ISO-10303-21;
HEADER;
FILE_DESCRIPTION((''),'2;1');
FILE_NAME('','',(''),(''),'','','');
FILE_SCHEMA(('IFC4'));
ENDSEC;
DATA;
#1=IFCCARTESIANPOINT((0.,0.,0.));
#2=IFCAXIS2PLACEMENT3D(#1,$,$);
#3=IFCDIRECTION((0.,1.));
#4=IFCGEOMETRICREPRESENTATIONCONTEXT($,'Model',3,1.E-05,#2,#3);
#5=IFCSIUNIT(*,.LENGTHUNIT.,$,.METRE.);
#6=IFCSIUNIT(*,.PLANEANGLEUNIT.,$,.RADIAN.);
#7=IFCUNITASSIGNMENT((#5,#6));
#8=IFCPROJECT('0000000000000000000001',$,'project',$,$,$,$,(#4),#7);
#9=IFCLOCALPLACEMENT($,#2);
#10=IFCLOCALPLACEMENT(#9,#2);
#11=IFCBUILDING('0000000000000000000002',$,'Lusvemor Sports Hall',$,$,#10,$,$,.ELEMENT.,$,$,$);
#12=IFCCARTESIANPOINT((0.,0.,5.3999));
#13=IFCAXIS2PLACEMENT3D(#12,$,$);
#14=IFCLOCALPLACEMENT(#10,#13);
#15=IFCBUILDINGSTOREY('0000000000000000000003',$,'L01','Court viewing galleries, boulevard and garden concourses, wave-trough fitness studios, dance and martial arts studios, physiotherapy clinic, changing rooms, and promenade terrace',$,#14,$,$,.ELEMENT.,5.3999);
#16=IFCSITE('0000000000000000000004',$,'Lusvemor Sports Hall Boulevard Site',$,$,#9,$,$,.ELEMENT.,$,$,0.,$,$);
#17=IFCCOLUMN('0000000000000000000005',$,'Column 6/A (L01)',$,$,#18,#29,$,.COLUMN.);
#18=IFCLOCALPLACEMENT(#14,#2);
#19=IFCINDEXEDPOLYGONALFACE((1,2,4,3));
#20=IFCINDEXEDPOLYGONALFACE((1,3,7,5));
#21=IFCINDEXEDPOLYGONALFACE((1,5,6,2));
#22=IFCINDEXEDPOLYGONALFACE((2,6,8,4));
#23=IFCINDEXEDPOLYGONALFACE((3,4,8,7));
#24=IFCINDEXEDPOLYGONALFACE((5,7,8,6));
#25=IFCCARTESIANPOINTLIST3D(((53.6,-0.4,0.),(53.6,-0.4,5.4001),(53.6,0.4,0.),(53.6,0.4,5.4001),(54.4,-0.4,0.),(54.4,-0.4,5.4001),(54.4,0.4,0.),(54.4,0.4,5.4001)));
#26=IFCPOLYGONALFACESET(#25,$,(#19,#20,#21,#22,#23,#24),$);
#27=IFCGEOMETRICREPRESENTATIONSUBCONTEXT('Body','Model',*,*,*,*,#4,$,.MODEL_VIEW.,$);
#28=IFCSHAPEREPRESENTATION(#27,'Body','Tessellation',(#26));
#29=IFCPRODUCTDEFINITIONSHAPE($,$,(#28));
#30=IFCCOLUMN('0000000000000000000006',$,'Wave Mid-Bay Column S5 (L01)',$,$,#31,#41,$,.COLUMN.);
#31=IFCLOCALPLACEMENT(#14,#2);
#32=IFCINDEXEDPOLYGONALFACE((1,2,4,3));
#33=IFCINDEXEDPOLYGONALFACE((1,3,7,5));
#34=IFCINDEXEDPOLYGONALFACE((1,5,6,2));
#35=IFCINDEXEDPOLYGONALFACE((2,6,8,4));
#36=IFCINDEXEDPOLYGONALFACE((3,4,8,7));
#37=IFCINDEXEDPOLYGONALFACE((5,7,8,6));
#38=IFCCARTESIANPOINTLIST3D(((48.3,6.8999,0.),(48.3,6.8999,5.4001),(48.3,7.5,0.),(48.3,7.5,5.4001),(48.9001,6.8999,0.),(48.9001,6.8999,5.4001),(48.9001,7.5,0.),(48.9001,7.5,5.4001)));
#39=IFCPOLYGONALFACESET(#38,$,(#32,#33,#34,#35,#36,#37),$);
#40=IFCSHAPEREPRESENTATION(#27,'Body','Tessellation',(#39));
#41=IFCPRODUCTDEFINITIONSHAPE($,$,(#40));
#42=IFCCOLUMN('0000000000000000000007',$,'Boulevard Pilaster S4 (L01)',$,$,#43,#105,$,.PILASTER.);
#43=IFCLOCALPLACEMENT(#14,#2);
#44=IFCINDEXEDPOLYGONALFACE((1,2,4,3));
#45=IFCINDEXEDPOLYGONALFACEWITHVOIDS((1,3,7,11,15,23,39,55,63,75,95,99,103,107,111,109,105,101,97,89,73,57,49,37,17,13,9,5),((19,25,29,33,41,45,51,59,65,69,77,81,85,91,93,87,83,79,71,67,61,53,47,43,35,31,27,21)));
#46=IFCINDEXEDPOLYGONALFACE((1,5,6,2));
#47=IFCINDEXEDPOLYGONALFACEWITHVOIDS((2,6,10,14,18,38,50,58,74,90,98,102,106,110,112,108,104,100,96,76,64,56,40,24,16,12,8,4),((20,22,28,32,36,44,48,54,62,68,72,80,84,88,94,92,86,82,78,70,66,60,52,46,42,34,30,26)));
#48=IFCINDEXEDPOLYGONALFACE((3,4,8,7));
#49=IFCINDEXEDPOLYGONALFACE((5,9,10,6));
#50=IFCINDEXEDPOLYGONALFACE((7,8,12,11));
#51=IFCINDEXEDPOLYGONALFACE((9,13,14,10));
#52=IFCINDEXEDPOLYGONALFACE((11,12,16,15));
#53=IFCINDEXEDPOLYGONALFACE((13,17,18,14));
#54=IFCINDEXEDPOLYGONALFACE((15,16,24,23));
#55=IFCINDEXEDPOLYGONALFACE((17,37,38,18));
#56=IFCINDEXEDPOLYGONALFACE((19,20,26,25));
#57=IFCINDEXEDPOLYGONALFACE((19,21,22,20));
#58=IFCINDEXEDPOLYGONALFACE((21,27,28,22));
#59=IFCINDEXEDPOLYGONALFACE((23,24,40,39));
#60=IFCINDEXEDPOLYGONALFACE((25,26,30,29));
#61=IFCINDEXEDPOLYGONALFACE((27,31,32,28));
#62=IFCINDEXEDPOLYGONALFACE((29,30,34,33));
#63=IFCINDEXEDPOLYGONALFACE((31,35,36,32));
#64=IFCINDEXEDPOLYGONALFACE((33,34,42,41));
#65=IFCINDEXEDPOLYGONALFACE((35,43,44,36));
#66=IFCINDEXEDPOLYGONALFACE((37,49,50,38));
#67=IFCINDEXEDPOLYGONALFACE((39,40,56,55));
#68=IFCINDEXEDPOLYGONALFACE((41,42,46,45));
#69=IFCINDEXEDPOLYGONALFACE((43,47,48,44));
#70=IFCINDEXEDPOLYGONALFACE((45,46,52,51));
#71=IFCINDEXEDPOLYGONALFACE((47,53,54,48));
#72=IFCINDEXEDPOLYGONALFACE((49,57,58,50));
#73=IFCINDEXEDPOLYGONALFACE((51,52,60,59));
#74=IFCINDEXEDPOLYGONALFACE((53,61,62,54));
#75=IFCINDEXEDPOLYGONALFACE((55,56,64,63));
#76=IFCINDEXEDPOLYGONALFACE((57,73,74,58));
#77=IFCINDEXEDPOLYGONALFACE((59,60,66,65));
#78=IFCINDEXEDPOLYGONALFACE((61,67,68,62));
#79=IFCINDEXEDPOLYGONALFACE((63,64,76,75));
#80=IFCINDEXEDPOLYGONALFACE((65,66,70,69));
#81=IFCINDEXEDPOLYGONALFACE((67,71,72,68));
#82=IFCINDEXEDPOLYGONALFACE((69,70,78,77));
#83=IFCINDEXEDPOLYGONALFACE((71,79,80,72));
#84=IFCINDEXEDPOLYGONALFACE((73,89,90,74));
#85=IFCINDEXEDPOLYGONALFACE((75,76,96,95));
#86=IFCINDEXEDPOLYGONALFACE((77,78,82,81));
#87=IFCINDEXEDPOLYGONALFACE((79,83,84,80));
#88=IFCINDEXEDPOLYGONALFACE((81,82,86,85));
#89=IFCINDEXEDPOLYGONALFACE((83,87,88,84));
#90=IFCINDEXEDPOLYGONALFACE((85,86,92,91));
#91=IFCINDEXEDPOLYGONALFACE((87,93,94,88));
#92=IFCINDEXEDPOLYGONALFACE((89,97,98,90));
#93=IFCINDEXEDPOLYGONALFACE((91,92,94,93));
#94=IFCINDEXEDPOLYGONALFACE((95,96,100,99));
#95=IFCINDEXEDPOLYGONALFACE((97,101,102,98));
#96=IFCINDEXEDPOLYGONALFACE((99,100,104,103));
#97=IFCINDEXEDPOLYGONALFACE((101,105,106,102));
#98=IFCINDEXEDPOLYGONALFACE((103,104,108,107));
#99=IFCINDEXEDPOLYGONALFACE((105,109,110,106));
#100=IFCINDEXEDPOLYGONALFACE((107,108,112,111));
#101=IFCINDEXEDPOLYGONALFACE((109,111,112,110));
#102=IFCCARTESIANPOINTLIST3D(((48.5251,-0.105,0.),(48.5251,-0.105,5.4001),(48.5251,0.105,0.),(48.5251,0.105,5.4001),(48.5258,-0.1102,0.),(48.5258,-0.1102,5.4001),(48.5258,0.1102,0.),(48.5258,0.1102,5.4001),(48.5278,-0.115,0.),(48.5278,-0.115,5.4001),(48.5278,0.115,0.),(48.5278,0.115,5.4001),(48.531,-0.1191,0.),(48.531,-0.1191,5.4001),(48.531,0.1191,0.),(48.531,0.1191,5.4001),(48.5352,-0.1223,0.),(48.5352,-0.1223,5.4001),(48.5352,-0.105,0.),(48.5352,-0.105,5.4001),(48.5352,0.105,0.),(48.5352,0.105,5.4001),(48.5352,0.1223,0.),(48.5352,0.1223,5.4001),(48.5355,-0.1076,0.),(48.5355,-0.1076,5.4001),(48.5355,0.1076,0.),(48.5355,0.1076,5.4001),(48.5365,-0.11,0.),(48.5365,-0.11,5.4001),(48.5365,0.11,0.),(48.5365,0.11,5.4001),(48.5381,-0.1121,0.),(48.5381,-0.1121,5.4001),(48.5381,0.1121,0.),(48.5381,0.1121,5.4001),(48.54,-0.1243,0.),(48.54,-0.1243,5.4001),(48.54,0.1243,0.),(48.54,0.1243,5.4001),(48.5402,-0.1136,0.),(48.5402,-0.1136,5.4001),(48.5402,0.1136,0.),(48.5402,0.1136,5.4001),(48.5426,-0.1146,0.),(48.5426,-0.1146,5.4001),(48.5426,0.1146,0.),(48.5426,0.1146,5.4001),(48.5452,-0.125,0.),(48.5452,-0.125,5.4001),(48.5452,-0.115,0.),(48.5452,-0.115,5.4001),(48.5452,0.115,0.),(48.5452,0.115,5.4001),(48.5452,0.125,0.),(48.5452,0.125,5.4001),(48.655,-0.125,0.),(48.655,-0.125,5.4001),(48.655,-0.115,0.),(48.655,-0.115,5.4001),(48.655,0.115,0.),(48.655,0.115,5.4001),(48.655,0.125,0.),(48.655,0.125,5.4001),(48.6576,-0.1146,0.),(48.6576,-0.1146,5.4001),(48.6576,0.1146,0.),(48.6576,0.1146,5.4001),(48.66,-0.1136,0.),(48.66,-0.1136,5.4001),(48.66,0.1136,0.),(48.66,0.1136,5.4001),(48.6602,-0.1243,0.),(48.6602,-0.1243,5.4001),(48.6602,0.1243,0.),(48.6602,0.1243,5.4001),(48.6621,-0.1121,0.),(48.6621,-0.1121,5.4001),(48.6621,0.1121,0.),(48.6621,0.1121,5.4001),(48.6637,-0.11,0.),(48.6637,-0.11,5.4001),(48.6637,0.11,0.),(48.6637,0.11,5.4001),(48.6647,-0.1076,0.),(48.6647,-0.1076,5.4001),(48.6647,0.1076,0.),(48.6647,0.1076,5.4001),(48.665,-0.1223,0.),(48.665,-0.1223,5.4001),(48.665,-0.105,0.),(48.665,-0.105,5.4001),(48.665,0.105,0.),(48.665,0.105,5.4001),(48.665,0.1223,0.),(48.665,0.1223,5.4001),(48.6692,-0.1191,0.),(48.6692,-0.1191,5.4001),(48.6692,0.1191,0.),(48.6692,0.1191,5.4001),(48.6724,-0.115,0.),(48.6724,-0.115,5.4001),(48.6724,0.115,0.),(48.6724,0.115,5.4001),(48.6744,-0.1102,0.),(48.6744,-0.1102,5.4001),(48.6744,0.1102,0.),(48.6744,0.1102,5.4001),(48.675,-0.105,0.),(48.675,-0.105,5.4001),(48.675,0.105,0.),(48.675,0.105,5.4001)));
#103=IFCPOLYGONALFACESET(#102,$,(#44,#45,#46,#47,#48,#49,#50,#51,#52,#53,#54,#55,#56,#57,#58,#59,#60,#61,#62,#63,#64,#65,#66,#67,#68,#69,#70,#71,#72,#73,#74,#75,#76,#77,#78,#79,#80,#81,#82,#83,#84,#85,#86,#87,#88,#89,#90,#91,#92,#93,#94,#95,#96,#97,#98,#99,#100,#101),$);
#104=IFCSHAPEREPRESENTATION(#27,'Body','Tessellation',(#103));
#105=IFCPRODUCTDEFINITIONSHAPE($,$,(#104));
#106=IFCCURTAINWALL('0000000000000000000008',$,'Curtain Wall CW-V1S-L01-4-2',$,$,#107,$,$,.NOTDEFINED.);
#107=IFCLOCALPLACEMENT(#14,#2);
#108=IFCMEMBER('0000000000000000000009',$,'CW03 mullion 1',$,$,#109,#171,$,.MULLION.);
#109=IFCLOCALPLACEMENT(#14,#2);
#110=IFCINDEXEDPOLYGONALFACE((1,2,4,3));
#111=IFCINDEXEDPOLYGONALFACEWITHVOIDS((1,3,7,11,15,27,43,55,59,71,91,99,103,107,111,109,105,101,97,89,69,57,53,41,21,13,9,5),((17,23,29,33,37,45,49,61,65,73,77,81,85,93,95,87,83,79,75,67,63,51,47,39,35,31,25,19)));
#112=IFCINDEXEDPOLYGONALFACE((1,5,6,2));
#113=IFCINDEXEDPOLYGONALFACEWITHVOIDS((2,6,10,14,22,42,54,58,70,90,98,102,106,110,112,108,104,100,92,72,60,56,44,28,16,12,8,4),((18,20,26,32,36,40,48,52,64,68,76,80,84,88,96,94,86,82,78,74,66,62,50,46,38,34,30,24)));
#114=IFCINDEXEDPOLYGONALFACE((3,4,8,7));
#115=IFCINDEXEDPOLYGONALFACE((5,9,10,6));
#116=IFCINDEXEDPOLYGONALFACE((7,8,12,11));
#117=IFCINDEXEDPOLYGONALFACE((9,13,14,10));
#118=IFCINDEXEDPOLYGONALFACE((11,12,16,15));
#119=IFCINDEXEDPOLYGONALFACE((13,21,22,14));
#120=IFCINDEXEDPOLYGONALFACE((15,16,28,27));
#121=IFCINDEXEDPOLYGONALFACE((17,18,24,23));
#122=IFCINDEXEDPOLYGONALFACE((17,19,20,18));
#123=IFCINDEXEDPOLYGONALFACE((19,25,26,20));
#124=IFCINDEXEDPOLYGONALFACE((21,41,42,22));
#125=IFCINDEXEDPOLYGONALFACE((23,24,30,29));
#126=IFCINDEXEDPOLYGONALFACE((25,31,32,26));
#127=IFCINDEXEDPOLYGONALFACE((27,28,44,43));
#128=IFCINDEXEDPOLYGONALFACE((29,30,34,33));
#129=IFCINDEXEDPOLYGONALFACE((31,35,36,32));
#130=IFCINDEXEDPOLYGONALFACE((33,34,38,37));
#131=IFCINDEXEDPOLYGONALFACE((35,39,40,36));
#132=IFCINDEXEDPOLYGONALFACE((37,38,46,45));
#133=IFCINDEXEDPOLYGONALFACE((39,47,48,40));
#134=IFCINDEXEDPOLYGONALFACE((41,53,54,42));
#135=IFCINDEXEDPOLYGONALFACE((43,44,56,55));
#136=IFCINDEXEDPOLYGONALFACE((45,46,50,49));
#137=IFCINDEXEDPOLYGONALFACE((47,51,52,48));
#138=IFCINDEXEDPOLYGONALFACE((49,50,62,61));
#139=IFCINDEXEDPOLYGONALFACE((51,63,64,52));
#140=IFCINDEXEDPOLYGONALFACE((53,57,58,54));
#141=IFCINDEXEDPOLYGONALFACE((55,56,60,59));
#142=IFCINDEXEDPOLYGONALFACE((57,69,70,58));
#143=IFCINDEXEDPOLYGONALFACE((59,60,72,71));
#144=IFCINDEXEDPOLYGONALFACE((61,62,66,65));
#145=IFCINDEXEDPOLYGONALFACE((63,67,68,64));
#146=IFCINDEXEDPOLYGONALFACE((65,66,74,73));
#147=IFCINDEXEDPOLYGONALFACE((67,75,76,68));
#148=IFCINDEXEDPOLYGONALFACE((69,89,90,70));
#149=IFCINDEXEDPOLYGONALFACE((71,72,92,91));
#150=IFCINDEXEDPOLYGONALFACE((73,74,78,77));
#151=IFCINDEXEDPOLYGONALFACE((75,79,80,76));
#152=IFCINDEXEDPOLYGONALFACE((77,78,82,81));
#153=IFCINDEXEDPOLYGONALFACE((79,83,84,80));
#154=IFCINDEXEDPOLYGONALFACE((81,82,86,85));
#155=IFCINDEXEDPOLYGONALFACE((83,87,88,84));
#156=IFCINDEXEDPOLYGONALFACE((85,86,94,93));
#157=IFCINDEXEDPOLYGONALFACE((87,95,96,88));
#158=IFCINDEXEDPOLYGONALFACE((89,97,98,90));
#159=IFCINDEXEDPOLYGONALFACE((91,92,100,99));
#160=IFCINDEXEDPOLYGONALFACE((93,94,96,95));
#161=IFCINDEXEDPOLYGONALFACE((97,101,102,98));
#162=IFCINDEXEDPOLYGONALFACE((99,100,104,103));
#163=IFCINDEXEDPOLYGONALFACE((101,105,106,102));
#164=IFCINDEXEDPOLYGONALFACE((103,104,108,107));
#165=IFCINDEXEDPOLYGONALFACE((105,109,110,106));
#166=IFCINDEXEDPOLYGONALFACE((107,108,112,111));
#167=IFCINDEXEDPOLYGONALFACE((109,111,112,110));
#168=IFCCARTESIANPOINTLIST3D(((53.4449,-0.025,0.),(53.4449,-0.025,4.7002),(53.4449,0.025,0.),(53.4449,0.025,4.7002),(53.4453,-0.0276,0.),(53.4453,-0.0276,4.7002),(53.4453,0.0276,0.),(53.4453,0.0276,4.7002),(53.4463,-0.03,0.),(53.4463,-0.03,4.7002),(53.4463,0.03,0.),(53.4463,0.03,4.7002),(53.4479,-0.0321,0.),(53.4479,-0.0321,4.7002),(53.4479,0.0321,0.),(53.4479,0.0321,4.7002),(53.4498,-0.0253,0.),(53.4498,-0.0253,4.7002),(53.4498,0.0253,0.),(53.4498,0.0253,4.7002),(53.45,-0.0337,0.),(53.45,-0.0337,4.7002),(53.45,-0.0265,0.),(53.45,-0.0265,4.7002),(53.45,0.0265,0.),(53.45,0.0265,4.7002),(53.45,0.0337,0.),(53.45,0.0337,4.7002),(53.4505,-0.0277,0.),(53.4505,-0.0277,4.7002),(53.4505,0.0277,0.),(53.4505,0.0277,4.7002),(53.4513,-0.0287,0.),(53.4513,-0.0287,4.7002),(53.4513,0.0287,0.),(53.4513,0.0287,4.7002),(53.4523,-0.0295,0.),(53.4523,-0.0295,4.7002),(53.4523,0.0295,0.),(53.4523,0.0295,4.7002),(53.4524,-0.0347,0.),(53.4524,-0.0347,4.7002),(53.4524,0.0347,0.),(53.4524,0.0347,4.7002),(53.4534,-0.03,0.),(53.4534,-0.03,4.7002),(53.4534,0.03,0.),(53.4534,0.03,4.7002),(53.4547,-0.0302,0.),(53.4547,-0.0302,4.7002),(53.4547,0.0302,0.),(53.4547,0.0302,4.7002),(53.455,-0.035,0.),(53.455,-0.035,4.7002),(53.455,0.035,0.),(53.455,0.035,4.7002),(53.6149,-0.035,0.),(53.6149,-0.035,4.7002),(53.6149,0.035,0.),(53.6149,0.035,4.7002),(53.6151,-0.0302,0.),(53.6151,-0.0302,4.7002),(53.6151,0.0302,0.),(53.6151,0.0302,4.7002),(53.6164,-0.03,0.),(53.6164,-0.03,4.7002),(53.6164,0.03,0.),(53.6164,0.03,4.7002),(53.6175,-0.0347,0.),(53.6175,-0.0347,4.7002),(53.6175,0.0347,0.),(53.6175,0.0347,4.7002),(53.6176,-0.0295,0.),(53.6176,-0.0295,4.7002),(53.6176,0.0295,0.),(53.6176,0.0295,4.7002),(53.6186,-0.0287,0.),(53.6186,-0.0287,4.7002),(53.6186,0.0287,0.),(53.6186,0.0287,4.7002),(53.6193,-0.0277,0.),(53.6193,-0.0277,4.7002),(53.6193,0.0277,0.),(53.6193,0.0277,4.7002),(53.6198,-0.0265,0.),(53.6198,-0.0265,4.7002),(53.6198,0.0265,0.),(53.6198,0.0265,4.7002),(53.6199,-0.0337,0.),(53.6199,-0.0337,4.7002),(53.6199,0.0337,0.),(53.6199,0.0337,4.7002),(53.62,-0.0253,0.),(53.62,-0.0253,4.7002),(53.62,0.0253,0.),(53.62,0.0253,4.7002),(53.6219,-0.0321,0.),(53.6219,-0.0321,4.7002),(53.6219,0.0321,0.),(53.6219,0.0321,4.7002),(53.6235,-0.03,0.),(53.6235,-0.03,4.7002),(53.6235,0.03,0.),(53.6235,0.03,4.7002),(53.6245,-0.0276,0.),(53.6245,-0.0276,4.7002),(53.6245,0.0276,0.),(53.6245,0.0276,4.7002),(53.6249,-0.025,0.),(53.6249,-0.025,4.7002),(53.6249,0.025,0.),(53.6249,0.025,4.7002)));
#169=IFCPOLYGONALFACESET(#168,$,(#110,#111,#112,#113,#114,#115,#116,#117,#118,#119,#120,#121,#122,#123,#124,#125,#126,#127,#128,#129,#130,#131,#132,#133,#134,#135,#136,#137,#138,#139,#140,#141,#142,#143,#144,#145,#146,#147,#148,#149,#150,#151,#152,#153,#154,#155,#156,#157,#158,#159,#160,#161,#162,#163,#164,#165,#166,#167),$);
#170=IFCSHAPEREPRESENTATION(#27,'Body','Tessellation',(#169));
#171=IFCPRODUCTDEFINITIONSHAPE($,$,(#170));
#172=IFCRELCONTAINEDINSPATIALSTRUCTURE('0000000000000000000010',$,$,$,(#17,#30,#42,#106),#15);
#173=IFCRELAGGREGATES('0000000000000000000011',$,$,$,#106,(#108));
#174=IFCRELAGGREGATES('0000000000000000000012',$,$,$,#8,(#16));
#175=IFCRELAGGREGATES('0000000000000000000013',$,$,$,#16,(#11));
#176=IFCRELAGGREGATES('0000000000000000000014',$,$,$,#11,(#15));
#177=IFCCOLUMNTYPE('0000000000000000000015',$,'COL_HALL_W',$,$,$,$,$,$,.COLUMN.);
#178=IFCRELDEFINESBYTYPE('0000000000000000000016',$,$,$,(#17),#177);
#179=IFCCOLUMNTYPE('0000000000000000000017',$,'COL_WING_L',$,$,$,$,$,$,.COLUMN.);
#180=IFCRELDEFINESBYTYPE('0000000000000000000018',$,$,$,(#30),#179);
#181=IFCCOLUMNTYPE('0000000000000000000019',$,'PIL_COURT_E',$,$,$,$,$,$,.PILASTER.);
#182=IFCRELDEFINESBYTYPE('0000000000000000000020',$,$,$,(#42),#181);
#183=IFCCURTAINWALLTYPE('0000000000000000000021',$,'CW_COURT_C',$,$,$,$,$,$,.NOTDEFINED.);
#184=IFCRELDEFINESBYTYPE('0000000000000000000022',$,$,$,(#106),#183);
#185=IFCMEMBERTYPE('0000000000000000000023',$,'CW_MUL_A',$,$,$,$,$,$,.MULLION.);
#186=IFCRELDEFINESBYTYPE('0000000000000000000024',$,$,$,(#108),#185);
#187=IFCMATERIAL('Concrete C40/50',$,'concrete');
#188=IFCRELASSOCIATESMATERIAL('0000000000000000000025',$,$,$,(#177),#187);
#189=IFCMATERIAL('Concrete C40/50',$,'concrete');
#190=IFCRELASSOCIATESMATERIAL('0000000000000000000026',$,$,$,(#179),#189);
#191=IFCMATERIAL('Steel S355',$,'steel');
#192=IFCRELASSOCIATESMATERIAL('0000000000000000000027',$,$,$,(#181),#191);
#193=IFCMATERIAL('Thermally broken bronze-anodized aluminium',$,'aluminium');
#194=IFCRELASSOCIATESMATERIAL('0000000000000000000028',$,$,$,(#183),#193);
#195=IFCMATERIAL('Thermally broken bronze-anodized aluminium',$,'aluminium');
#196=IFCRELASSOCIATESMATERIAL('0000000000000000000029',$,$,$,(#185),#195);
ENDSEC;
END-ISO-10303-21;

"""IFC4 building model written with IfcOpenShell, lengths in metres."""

from ifc_helpers import new_model, si_unit, direction, frame, origin, origin_2d, place, context, subcontext, project, spatial, rectangle, hollow_rectangle, extrude, material, material_profile, profile_set, type_object, element, aggregate, save


model = new_model("IFC4")

# Units and contexts
model_context = context("Model", 3, precision=1e-05, world=origin(), true_north=direction((0.0, 1.0)))
body_context = subcontext(model_context, "Body", "Model", "MODEL_VIEW")
ifc_project = project(units=[si_unit("LENGTHUNIT", "METRE"), si_unit("PLANEANGLEUNIT", "RADIAN")], contexts=[model_context])

# Site, building, storey
site_placement = place(None, origin())
site = spatial("IfcSite", under=ifc_project, at=site_placement, Name="Lusvemor Sports Hall Boulevard Site", CompositionType="ELEMENT", RefElevation=0.0)
building_placement = place(site_placement, origin())
building = spatial("IfcBuilding", under=site, at=building_placement, Name="Lusvemor Sports Hall", CompositionType="ELEMENT")
storey_placement = place(building_placement, frame((0.0, 0.0, 5.3999)))
storey = spatial("IfcBuildingStorey", under=building, at=storey_placement, Name="L01", Description="Court viewing galleries, boulevard and garden concourses, wave-trough fitness studios, dance and martial arts studios, physiotherapy clinic, changing rooms, and promenade terrace", CompositionType="ELEMENT", Elevation=5.3999)

# Columns
ifc_material_1 = material(Name="Concrete C40/50", Category="concrete")
ifc_material_profile_1 = material_profile(ifc_material_1, rectangle(XDim=0.8, YDim=0.8, at=origin_2d()), Name="RC800x800")
ifc_profile_set_1 = profile_set([ifc_material_profile_1], Name="Concrete C40/50")
column_type_1 = type_object("IfcColumnType", Name="COL_HALL_W", PredefinedType="COLUMN", material=ifc_profile_set_1)
column_1_placement = place(storey_placement, frame((54.0, 0.0, 0.0), z_axis=(0.0, 0.0, 1.0), x_axis=(1.0, 0.0, 0.0)))
element("IfcColumn", 1, at=column_1_placement, inside=storey, type_object=column_type_1, Name="Column 6/A (L01)", PredefinedType="COLUMN", context=body_context, shape_type="SweptSolid", body=[
    extrude(rectangle(XDim=0.8, YDim=0.8, at=origin_2d()), origin(), (0.0, 0.0, 1.0), 5.4001),
])
ifc_material_2 = material(Name="Concrete C40/50", Category="concrete")
ifc_material_profile_2 = material_profile(ifc_material_2, rectangle(XDim=0.6001, YDim=0.6001, at=origin_2d()), Name="RC600x600")
ifc_profile_set_2 = profile_set([ifc_material_profile_2], Name="Concrete C40/50")
column_type_2 = type_object("IfcColumnType", Name="COL_WING_L", PredefinedType="COLUMN", material=ifc_profile_set_2)
column_2_placement = place(storey_placement, frame((48.6001, 7.2, 0.0), z_axis=(0.0, 0.0, 1.0), x_axis=(1.0, 0.0, 0.0)))
element("IfcColumn", 2, at=column_2_placement, inside=storey, type_object=column_type_2, Name="Wave Mid-Bay Column S5 (L01)", PredefinedType="COLUMN", context=body_context, shape_type="SweptSolid", body=[
    extrude(rectangle(XDim=0.6001, YDim=0.6001, at=origin_2d()), origin(), (0.0, 0.0, 1.0), 5.4001),
])
ifc_material_3 = material(Name="Steel S355", Category="steel")
ifc_material_profile_3 = material_profile(ifc_material_3, hollow_rectangle(XDim=0.1499, YDim=0.25, WallThickness=0.01, InnerFilletRadius=0.01, OuterFilletRadius=0.02, at=origin_2d()), Name="RHS250x150x10")
ifc_profile_set_3 = profile_set([ifc_material_profile_3], Name="Steel S355")
column_type_3 = type_object("IfcColumnType", Name="PIL_COURT_E", PredefinedType="PILASTER", material=ifc_profile_set_3)
column_3_placement = place(storey_placement, frame((48.6001, 0.0, 0.0), z_axis=(0.0, 0.0, 1.0), x_axis=(1.0, 0.0, 0.0)))
element("IfcColumn", 3, at=column_3_placement, inside=storey, type_object=column_type_3, Name="Boulevard Pilaster S4 (L01)", PredefinedType="PILASTER", context=body_context, shape_type="SweptSolid", body=[
    extrude(hollow_rectangle(XDim=0.1499, YDim=0.25, WallThickness=0.01, InnerFilletRadius=0.01, OuterFilletRadius=0.02, at=origin_2d()), origin(), (0.0, 0.0, 1.0), 5.4001),
])

# Curtain wall, member
ifc_material_4 = material(Name="Thermally broken bronze-anodized aluminium", Category="aluminium")
curtain_wall_type = type_object("IfcCurtainWallType", Name="CW_COURT_C", PredefinedType="NOTDEFINED", material=ifc_material_4)
curtain_wall_placement = place(storey_placement, origin())
curtain_wall = element("IfcCurtainWall", 4, at=curtain_wall_placement, inside=storey, type_object=curtain_wall_type, Name="Curtain Wall CW-V1S-L01-4-2", PredefinedType="NOTDEFINED")
ifc_material_5 = material(Name="Thermally broken bronze-anodized aluminium", Category="aluminium")
ifc_material_profile_4 = material_profile(ifc_material_5, hollow_rectangle(XDim=0.0701, YDim=0.1799, WallThickness=0.0049, InnerFilletRadius=0.0049, OuterFilletRadius=0.01, at=origin_2d()), Name="CWMUL180x70x5")
ifc_profile_set_4 = profile_set([ifc_material_profile_4], Name="Thermally broken bronze-anodized aluminium")
member_type_1 = type_object("IfcMemberType", Name="CW_MUL_A", PredefinedType="MULLION", material=ifc_profile_set_4)
member_1_placement = place(storey_placement, frame((53.5349, 0.0, 0.0), z_axis=(0.0, 0.0, 1.0), x_axis=(0.0, -1.0, 0.0)))
member_1 = element("IfcMember", 5, at=member_1_placement, type_object=member_type_1, Name="CW03 mullion 1", PredefinedType="MULLION", context=body_context, shape_type="SweptSolid", body=[
    extrude(hollow_rectangle(XDim=0.0701, YDim=0.1799, WallThickness=0.0049, InnerFilletRadius=0.0049, OuterFilletRadius=0.01, at=origin_2d()), origin(), (0.0, 0.0, 1.0), 4.7002),
])

aggregate(curtain_wall, [member_1])

save(model, "model.ifc")
